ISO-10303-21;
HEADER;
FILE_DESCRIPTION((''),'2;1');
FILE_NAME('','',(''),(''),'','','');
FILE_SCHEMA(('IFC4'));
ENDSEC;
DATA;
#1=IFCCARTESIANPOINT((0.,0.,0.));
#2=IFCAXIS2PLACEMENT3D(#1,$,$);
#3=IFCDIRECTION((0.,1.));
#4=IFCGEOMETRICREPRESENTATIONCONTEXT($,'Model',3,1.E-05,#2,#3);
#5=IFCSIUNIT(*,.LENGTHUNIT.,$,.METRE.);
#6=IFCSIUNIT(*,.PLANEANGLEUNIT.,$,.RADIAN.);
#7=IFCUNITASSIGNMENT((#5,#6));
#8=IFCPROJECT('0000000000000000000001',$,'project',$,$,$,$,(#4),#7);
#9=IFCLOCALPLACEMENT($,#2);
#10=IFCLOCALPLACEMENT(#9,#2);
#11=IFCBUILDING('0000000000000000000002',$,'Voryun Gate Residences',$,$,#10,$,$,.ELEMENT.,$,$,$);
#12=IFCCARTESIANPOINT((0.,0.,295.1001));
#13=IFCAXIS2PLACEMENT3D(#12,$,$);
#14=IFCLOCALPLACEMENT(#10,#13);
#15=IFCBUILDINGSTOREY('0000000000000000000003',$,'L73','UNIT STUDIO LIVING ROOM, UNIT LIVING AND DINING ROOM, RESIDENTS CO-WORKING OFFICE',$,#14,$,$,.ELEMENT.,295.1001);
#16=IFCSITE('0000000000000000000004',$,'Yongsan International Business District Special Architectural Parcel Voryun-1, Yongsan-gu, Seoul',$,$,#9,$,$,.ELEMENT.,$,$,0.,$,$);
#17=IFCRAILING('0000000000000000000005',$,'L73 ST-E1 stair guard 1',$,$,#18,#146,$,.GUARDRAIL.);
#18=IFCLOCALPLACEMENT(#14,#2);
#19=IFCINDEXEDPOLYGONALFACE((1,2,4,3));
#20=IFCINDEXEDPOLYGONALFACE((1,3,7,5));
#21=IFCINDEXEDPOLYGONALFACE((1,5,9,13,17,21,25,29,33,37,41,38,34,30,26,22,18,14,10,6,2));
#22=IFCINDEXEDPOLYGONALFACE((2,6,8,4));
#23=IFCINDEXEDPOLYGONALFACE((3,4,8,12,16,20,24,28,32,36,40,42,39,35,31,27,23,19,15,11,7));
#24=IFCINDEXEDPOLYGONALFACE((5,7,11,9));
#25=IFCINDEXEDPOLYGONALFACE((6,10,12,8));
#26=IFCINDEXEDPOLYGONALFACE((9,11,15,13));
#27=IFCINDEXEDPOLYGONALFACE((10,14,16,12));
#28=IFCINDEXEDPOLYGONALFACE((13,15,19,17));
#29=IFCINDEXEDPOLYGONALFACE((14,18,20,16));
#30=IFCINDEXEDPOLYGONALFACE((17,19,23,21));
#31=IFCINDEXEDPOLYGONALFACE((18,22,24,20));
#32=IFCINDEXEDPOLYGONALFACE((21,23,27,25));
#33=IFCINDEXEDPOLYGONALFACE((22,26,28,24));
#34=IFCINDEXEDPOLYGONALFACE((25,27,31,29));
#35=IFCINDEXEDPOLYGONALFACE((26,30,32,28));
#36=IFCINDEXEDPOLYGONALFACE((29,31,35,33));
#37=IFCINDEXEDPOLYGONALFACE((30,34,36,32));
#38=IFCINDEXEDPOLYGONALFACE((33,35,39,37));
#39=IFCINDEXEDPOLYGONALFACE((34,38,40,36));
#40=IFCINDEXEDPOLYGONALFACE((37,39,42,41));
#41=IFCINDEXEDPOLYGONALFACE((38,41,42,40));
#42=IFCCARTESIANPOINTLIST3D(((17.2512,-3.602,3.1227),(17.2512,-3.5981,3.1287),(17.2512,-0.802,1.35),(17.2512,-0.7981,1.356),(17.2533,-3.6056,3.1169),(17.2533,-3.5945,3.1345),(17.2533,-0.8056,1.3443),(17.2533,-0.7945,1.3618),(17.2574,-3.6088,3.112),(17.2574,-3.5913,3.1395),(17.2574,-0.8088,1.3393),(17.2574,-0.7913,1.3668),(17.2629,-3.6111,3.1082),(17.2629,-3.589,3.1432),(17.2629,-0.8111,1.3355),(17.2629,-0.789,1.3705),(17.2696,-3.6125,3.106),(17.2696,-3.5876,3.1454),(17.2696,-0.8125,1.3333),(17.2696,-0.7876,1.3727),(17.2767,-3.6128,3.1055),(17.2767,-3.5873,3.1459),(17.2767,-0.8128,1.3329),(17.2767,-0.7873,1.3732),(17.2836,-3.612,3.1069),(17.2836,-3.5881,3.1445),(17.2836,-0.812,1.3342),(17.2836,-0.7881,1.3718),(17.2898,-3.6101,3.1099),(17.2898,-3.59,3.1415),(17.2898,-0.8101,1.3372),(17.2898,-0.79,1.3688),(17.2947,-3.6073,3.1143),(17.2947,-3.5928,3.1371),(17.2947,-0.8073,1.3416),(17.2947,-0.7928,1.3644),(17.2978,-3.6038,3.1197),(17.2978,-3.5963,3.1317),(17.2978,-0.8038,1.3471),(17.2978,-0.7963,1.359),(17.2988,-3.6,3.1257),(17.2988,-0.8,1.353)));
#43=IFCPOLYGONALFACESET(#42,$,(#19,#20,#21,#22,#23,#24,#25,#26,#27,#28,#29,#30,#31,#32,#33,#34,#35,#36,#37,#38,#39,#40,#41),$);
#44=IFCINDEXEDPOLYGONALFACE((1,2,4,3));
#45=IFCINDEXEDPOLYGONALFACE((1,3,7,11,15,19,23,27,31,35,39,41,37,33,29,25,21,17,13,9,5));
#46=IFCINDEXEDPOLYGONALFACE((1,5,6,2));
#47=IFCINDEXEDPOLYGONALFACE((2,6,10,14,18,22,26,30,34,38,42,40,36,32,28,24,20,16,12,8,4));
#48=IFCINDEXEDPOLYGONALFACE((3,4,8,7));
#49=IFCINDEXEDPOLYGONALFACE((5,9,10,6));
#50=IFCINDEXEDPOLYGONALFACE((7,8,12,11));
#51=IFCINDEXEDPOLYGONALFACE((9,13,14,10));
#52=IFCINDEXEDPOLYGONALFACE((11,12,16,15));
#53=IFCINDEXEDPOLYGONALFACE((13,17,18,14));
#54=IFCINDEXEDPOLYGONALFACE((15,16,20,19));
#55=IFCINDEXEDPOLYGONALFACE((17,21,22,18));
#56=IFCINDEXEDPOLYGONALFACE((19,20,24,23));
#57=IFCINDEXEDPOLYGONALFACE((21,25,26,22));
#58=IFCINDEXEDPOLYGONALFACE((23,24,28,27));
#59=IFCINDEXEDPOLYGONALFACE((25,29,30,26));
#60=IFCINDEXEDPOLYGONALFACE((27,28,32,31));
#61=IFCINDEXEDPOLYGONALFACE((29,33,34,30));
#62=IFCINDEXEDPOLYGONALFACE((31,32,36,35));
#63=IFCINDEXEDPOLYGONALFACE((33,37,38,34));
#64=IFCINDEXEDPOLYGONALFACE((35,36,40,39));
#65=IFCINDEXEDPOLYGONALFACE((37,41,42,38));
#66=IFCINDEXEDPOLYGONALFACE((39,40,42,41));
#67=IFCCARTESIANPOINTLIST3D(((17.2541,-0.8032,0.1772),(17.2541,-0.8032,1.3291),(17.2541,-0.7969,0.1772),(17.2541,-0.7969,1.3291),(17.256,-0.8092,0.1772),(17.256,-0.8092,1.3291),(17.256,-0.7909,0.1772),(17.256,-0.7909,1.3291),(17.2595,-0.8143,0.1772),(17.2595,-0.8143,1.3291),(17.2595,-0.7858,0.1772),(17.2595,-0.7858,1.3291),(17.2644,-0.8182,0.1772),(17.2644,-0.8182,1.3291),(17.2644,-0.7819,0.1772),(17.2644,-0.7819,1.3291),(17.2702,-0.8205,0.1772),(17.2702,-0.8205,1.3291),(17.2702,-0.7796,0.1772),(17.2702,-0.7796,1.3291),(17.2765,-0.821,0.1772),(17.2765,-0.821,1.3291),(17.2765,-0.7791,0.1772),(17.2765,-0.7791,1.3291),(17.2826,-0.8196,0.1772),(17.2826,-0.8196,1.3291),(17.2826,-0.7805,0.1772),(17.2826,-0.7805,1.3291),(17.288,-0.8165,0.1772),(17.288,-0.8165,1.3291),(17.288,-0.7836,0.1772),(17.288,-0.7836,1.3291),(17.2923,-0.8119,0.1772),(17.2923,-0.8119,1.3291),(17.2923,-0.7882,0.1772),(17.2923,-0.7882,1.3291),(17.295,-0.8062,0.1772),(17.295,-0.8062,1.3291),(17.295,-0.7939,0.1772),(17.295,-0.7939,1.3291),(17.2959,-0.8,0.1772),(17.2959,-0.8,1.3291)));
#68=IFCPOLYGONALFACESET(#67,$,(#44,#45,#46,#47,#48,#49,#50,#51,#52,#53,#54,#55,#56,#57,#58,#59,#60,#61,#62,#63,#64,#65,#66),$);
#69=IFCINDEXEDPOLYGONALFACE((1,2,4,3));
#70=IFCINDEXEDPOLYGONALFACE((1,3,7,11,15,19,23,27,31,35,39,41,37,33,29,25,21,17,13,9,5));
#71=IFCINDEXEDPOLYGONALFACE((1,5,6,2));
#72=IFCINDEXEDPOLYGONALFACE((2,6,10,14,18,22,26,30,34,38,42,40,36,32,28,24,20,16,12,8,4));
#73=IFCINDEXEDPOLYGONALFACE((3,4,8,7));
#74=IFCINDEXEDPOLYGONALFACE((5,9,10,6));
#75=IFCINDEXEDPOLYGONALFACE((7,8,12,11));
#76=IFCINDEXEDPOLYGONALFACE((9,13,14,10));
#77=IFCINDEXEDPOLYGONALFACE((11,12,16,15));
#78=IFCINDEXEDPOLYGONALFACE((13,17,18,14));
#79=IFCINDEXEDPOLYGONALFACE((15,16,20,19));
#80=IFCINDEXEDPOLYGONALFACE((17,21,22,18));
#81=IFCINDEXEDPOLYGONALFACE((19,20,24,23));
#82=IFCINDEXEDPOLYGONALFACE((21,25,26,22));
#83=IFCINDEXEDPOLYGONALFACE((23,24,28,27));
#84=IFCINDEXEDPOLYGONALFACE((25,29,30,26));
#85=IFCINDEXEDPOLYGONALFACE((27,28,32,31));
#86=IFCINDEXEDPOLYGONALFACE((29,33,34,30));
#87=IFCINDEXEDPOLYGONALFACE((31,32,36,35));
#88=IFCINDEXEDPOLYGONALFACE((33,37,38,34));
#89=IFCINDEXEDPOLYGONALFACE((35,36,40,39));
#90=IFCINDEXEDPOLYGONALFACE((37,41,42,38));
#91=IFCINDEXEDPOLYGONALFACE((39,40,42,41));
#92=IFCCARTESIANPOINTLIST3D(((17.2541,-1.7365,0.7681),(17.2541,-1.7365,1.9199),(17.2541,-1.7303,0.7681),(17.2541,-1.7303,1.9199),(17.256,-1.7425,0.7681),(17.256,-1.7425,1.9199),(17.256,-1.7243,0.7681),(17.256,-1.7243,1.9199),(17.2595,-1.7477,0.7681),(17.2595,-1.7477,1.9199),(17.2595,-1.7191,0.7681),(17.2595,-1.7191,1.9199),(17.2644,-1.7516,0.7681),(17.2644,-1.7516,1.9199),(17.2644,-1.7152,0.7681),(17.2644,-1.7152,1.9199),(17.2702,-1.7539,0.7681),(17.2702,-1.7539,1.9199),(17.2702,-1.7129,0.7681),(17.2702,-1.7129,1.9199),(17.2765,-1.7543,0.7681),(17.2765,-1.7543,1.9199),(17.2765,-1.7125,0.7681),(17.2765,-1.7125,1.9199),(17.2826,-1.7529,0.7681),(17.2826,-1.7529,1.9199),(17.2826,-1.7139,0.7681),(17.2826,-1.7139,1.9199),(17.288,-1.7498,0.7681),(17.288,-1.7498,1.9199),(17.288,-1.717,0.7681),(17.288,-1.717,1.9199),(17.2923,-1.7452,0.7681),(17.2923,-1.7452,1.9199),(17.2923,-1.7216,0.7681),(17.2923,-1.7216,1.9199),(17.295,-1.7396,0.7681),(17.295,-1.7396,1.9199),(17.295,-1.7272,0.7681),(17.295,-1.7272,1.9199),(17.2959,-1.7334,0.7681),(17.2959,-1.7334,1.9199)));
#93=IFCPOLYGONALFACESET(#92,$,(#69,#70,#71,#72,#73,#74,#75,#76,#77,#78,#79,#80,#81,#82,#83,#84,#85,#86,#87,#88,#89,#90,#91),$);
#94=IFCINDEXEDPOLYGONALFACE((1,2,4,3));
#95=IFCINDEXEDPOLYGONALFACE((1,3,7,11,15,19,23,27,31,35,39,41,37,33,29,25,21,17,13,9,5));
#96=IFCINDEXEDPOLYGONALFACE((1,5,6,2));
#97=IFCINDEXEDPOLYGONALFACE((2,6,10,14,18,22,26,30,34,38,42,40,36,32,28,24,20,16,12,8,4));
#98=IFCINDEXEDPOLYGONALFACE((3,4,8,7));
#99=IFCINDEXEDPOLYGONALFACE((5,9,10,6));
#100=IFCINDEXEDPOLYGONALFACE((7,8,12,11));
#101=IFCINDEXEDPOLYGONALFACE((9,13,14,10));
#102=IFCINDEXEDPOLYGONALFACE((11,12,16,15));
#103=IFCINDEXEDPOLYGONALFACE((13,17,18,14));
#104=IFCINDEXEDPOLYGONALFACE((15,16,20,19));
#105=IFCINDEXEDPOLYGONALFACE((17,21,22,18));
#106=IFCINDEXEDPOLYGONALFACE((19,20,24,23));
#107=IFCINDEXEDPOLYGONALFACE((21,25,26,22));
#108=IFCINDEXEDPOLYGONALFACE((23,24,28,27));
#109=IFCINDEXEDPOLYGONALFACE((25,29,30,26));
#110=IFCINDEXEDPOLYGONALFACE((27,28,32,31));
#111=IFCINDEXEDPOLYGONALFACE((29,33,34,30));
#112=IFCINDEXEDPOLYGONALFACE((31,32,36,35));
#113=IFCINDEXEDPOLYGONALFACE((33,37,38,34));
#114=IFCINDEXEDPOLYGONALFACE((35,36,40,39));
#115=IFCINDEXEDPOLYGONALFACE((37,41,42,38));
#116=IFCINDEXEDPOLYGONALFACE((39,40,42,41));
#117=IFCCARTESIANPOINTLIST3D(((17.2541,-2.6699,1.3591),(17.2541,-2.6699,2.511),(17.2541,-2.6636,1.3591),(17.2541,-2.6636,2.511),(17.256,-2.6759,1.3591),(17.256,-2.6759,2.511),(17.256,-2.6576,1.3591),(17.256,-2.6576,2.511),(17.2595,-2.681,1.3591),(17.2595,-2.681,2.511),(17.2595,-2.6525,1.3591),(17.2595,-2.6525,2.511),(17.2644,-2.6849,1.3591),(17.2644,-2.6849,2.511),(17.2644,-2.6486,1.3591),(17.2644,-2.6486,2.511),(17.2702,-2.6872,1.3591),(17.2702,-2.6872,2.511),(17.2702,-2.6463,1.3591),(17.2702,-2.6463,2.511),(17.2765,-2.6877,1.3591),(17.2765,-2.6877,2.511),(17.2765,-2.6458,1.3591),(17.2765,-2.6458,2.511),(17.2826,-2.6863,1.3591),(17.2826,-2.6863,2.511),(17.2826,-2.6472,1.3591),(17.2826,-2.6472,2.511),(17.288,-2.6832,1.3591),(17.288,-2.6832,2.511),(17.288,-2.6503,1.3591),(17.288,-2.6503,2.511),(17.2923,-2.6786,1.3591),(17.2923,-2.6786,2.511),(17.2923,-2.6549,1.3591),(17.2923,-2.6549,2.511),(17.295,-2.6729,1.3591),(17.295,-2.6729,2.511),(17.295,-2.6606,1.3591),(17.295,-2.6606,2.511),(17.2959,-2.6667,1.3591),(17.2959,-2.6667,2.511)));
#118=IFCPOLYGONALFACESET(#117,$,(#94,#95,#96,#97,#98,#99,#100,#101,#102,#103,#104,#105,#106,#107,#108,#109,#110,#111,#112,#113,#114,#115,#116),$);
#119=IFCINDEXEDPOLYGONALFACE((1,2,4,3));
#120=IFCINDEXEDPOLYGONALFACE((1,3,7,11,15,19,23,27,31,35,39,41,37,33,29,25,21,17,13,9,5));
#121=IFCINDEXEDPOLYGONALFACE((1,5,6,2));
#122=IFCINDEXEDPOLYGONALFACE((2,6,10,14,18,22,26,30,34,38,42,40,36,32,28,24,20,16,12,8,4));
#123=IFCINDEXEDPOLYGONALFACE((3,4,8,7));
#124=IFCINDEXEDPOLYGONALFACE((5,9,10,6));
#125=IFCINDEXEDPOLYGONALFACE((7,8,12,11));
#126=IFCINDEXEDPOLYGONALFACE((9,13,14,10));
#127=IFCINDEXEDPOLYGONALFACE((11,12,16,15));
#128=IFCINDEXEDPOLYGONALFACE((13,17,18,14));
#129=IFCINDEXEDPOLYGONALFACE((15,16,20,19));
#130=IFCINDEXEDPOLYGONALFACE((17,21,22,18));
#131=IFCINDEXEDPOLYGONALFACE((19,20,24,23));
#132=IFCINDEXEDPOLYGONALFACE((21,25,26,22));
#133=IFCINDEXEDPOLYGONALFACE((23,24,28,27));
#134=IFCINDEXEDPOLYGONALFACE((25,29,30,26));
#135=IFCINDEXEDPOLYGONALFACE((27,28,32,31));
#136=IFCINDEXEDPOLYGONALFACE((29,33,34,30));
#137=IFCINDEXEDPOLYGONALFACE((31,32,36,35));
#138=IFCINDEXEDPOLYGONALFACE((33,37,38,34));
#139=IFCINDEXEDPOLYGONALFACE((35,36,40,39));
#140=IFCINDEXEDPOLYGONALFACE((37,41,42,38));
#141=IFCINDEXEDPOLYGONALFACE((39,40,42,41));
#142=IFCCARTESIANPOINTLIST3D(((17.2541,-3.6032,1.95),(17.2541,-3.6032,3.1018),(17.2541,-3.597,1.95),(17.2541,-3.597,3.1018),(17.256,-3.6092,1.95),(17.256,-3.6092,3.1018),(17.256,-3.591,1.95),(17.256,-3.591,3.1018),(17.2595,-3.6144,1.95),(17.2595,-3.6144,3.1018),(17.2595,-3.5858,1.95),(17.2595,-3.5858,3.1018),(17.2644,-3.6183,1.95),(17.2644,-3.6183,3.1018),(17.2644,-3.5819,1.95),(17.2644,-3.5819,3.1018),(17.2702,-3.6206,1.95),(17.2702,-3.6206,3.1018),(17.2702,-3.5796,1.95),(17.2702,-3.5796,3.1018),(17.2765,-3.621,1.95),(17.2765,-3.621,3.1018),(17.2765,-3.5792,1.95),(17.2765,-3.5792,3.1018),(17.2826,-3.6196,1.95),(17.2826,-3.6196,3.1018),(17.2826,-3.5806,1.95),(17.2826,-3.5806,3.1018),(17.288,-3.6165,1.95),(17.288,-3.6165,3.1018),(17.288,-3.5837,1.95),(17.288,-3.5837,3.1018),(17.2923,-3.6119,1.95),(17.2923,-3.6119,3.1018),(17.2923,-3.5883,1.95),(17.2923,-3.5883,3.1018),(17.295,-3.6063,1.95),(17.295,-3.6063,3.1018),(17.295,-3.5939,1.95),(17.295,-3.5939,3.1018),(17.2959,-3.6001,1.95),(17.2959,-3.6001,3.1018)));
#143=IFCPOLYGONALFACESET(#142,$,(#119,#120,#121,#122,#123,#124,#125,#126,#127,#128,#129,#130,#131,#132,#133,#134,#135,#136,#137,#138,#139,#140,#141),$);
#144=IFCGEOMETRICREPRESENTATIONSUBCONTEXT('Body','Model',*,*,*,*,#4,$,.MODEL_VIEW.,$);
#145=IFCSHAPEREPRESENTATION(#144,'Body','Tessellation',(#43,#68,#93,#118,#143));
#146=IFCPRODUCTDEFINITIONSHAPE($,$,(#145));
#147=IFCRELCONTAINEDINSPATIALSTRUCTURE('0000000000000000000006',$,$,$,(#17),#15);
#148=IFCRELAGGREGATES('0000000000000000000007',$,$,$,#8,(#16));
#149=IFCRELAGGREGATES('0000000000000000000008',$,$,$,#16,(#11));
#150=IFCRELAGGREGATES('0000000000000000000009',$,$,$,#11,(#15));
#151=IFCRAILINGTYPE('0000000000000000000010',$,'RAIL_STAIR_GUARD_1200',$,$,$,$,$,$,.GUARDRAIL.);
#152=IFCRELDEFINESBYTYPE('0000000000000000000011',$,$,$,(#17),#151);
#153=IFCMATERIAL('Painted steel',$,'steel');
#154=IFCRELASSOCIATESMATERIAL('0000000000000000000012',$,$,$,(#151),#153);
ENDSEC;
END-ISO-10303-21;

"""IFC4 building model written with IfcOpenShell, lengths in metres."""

from ifc_helpers import new_model, si_unit, direction, frame, origin, origin_2d, place, context, subcontext, project, spatial, circle, extrude, material, type_object, element, save


model = new_model("IFC4")

# Units and contexts
model_context = context("Model", 3, precision=1e-05, world=origin(), true_north=direction((0.0, 1.0)))
body_context = subcontext(model_context, "Body", "Model", "MODEL_VIEW")
ifc_project = project(units=[si_unit("LENGTHUNIT", "METRE"), si_unit("PLANEANGLEUNIT", "RADIAN")], contexts=[model_context])

# Site, building, storey
site_placement = place(None, origin())
site = spatial("IfcSite", under=ifc_project, at=site_placement, Name="Yongsan International Business District Special Architectural Parcel Voryun-1, Yongsan-gu, Seoul", CompositionType="ELEMENT", RefElevation=0.0)
building_placement = place(site_placement, origin())
building = spatial("IfcBuilding", under=site, at=building_placement, Name="Voryun Gate Residences", CompositionType="ELEMENT")
storey_placement = place(building_placement, frame((0.0, 0.0, 295.1001)))
storey = spatial("IfcBuildingStorey", under=building, at=storey_placement, Name="L73", Description="UNIT STUDIO LIVING ROOM, UNIT LIVING AND DINING ROOM, RESIDENTS CO-WORKING OFFICE", CompositionType="ELEMENT", Elevation=295.1001)

# Railing
ifc_material_1 = material(Name="Painted steel", Category="steel")
railing_type = type_object("IfcRailingType", Name="RAIL_STAIR_GUARD_1200", PredefinedType="GUARDRAIL", material=ifc_material_1)
railing_1_placement = place(storey_placement, frame((17.2749, -0.8, 0.1772)))
element("IfcRailing", 1, at=railing_1_placement, inside=storey, type_object=railing_type, Name="L73 ST-E1 stair guard 1", PredefinedType="GUARDRAIL", context=body_context, shape_type="SweptSolid", body=[
    extrude(circle(Radius=0.0239, at=origin_2d()), frame((0.0, 0.0, 1.1758), z_axis=(0.0, -0.844909, 0.53491), x_axis=(1.0, 0.0, 0.0)), (0.0, 0.0, 1.0), 3.314),
    extrude(circle(Radius=0.021, at=origin_2d()), origin(), (0.0, 0.0, 1.0), 1.1519),
    extrude(circle(Radius=0.021, at=origin_2d()), frame((0.0, -0.9333, 0.5908)), (0.0, 0.0, 1.0), 1.1519),
    extrude(circle(Radius=0.021, at=origin_2d()), frame((0.0, -1.8667, 1.1819)), (0.0, 0.0, 1.0), 1.1519),
    extrude(circle(Radius=0.021, at=origin_2d()), frame((0.0, -2.8, 1.7727)), (0.0, 0.0, 1.0), 1.1519),
])

save(model, "model.ifc")
